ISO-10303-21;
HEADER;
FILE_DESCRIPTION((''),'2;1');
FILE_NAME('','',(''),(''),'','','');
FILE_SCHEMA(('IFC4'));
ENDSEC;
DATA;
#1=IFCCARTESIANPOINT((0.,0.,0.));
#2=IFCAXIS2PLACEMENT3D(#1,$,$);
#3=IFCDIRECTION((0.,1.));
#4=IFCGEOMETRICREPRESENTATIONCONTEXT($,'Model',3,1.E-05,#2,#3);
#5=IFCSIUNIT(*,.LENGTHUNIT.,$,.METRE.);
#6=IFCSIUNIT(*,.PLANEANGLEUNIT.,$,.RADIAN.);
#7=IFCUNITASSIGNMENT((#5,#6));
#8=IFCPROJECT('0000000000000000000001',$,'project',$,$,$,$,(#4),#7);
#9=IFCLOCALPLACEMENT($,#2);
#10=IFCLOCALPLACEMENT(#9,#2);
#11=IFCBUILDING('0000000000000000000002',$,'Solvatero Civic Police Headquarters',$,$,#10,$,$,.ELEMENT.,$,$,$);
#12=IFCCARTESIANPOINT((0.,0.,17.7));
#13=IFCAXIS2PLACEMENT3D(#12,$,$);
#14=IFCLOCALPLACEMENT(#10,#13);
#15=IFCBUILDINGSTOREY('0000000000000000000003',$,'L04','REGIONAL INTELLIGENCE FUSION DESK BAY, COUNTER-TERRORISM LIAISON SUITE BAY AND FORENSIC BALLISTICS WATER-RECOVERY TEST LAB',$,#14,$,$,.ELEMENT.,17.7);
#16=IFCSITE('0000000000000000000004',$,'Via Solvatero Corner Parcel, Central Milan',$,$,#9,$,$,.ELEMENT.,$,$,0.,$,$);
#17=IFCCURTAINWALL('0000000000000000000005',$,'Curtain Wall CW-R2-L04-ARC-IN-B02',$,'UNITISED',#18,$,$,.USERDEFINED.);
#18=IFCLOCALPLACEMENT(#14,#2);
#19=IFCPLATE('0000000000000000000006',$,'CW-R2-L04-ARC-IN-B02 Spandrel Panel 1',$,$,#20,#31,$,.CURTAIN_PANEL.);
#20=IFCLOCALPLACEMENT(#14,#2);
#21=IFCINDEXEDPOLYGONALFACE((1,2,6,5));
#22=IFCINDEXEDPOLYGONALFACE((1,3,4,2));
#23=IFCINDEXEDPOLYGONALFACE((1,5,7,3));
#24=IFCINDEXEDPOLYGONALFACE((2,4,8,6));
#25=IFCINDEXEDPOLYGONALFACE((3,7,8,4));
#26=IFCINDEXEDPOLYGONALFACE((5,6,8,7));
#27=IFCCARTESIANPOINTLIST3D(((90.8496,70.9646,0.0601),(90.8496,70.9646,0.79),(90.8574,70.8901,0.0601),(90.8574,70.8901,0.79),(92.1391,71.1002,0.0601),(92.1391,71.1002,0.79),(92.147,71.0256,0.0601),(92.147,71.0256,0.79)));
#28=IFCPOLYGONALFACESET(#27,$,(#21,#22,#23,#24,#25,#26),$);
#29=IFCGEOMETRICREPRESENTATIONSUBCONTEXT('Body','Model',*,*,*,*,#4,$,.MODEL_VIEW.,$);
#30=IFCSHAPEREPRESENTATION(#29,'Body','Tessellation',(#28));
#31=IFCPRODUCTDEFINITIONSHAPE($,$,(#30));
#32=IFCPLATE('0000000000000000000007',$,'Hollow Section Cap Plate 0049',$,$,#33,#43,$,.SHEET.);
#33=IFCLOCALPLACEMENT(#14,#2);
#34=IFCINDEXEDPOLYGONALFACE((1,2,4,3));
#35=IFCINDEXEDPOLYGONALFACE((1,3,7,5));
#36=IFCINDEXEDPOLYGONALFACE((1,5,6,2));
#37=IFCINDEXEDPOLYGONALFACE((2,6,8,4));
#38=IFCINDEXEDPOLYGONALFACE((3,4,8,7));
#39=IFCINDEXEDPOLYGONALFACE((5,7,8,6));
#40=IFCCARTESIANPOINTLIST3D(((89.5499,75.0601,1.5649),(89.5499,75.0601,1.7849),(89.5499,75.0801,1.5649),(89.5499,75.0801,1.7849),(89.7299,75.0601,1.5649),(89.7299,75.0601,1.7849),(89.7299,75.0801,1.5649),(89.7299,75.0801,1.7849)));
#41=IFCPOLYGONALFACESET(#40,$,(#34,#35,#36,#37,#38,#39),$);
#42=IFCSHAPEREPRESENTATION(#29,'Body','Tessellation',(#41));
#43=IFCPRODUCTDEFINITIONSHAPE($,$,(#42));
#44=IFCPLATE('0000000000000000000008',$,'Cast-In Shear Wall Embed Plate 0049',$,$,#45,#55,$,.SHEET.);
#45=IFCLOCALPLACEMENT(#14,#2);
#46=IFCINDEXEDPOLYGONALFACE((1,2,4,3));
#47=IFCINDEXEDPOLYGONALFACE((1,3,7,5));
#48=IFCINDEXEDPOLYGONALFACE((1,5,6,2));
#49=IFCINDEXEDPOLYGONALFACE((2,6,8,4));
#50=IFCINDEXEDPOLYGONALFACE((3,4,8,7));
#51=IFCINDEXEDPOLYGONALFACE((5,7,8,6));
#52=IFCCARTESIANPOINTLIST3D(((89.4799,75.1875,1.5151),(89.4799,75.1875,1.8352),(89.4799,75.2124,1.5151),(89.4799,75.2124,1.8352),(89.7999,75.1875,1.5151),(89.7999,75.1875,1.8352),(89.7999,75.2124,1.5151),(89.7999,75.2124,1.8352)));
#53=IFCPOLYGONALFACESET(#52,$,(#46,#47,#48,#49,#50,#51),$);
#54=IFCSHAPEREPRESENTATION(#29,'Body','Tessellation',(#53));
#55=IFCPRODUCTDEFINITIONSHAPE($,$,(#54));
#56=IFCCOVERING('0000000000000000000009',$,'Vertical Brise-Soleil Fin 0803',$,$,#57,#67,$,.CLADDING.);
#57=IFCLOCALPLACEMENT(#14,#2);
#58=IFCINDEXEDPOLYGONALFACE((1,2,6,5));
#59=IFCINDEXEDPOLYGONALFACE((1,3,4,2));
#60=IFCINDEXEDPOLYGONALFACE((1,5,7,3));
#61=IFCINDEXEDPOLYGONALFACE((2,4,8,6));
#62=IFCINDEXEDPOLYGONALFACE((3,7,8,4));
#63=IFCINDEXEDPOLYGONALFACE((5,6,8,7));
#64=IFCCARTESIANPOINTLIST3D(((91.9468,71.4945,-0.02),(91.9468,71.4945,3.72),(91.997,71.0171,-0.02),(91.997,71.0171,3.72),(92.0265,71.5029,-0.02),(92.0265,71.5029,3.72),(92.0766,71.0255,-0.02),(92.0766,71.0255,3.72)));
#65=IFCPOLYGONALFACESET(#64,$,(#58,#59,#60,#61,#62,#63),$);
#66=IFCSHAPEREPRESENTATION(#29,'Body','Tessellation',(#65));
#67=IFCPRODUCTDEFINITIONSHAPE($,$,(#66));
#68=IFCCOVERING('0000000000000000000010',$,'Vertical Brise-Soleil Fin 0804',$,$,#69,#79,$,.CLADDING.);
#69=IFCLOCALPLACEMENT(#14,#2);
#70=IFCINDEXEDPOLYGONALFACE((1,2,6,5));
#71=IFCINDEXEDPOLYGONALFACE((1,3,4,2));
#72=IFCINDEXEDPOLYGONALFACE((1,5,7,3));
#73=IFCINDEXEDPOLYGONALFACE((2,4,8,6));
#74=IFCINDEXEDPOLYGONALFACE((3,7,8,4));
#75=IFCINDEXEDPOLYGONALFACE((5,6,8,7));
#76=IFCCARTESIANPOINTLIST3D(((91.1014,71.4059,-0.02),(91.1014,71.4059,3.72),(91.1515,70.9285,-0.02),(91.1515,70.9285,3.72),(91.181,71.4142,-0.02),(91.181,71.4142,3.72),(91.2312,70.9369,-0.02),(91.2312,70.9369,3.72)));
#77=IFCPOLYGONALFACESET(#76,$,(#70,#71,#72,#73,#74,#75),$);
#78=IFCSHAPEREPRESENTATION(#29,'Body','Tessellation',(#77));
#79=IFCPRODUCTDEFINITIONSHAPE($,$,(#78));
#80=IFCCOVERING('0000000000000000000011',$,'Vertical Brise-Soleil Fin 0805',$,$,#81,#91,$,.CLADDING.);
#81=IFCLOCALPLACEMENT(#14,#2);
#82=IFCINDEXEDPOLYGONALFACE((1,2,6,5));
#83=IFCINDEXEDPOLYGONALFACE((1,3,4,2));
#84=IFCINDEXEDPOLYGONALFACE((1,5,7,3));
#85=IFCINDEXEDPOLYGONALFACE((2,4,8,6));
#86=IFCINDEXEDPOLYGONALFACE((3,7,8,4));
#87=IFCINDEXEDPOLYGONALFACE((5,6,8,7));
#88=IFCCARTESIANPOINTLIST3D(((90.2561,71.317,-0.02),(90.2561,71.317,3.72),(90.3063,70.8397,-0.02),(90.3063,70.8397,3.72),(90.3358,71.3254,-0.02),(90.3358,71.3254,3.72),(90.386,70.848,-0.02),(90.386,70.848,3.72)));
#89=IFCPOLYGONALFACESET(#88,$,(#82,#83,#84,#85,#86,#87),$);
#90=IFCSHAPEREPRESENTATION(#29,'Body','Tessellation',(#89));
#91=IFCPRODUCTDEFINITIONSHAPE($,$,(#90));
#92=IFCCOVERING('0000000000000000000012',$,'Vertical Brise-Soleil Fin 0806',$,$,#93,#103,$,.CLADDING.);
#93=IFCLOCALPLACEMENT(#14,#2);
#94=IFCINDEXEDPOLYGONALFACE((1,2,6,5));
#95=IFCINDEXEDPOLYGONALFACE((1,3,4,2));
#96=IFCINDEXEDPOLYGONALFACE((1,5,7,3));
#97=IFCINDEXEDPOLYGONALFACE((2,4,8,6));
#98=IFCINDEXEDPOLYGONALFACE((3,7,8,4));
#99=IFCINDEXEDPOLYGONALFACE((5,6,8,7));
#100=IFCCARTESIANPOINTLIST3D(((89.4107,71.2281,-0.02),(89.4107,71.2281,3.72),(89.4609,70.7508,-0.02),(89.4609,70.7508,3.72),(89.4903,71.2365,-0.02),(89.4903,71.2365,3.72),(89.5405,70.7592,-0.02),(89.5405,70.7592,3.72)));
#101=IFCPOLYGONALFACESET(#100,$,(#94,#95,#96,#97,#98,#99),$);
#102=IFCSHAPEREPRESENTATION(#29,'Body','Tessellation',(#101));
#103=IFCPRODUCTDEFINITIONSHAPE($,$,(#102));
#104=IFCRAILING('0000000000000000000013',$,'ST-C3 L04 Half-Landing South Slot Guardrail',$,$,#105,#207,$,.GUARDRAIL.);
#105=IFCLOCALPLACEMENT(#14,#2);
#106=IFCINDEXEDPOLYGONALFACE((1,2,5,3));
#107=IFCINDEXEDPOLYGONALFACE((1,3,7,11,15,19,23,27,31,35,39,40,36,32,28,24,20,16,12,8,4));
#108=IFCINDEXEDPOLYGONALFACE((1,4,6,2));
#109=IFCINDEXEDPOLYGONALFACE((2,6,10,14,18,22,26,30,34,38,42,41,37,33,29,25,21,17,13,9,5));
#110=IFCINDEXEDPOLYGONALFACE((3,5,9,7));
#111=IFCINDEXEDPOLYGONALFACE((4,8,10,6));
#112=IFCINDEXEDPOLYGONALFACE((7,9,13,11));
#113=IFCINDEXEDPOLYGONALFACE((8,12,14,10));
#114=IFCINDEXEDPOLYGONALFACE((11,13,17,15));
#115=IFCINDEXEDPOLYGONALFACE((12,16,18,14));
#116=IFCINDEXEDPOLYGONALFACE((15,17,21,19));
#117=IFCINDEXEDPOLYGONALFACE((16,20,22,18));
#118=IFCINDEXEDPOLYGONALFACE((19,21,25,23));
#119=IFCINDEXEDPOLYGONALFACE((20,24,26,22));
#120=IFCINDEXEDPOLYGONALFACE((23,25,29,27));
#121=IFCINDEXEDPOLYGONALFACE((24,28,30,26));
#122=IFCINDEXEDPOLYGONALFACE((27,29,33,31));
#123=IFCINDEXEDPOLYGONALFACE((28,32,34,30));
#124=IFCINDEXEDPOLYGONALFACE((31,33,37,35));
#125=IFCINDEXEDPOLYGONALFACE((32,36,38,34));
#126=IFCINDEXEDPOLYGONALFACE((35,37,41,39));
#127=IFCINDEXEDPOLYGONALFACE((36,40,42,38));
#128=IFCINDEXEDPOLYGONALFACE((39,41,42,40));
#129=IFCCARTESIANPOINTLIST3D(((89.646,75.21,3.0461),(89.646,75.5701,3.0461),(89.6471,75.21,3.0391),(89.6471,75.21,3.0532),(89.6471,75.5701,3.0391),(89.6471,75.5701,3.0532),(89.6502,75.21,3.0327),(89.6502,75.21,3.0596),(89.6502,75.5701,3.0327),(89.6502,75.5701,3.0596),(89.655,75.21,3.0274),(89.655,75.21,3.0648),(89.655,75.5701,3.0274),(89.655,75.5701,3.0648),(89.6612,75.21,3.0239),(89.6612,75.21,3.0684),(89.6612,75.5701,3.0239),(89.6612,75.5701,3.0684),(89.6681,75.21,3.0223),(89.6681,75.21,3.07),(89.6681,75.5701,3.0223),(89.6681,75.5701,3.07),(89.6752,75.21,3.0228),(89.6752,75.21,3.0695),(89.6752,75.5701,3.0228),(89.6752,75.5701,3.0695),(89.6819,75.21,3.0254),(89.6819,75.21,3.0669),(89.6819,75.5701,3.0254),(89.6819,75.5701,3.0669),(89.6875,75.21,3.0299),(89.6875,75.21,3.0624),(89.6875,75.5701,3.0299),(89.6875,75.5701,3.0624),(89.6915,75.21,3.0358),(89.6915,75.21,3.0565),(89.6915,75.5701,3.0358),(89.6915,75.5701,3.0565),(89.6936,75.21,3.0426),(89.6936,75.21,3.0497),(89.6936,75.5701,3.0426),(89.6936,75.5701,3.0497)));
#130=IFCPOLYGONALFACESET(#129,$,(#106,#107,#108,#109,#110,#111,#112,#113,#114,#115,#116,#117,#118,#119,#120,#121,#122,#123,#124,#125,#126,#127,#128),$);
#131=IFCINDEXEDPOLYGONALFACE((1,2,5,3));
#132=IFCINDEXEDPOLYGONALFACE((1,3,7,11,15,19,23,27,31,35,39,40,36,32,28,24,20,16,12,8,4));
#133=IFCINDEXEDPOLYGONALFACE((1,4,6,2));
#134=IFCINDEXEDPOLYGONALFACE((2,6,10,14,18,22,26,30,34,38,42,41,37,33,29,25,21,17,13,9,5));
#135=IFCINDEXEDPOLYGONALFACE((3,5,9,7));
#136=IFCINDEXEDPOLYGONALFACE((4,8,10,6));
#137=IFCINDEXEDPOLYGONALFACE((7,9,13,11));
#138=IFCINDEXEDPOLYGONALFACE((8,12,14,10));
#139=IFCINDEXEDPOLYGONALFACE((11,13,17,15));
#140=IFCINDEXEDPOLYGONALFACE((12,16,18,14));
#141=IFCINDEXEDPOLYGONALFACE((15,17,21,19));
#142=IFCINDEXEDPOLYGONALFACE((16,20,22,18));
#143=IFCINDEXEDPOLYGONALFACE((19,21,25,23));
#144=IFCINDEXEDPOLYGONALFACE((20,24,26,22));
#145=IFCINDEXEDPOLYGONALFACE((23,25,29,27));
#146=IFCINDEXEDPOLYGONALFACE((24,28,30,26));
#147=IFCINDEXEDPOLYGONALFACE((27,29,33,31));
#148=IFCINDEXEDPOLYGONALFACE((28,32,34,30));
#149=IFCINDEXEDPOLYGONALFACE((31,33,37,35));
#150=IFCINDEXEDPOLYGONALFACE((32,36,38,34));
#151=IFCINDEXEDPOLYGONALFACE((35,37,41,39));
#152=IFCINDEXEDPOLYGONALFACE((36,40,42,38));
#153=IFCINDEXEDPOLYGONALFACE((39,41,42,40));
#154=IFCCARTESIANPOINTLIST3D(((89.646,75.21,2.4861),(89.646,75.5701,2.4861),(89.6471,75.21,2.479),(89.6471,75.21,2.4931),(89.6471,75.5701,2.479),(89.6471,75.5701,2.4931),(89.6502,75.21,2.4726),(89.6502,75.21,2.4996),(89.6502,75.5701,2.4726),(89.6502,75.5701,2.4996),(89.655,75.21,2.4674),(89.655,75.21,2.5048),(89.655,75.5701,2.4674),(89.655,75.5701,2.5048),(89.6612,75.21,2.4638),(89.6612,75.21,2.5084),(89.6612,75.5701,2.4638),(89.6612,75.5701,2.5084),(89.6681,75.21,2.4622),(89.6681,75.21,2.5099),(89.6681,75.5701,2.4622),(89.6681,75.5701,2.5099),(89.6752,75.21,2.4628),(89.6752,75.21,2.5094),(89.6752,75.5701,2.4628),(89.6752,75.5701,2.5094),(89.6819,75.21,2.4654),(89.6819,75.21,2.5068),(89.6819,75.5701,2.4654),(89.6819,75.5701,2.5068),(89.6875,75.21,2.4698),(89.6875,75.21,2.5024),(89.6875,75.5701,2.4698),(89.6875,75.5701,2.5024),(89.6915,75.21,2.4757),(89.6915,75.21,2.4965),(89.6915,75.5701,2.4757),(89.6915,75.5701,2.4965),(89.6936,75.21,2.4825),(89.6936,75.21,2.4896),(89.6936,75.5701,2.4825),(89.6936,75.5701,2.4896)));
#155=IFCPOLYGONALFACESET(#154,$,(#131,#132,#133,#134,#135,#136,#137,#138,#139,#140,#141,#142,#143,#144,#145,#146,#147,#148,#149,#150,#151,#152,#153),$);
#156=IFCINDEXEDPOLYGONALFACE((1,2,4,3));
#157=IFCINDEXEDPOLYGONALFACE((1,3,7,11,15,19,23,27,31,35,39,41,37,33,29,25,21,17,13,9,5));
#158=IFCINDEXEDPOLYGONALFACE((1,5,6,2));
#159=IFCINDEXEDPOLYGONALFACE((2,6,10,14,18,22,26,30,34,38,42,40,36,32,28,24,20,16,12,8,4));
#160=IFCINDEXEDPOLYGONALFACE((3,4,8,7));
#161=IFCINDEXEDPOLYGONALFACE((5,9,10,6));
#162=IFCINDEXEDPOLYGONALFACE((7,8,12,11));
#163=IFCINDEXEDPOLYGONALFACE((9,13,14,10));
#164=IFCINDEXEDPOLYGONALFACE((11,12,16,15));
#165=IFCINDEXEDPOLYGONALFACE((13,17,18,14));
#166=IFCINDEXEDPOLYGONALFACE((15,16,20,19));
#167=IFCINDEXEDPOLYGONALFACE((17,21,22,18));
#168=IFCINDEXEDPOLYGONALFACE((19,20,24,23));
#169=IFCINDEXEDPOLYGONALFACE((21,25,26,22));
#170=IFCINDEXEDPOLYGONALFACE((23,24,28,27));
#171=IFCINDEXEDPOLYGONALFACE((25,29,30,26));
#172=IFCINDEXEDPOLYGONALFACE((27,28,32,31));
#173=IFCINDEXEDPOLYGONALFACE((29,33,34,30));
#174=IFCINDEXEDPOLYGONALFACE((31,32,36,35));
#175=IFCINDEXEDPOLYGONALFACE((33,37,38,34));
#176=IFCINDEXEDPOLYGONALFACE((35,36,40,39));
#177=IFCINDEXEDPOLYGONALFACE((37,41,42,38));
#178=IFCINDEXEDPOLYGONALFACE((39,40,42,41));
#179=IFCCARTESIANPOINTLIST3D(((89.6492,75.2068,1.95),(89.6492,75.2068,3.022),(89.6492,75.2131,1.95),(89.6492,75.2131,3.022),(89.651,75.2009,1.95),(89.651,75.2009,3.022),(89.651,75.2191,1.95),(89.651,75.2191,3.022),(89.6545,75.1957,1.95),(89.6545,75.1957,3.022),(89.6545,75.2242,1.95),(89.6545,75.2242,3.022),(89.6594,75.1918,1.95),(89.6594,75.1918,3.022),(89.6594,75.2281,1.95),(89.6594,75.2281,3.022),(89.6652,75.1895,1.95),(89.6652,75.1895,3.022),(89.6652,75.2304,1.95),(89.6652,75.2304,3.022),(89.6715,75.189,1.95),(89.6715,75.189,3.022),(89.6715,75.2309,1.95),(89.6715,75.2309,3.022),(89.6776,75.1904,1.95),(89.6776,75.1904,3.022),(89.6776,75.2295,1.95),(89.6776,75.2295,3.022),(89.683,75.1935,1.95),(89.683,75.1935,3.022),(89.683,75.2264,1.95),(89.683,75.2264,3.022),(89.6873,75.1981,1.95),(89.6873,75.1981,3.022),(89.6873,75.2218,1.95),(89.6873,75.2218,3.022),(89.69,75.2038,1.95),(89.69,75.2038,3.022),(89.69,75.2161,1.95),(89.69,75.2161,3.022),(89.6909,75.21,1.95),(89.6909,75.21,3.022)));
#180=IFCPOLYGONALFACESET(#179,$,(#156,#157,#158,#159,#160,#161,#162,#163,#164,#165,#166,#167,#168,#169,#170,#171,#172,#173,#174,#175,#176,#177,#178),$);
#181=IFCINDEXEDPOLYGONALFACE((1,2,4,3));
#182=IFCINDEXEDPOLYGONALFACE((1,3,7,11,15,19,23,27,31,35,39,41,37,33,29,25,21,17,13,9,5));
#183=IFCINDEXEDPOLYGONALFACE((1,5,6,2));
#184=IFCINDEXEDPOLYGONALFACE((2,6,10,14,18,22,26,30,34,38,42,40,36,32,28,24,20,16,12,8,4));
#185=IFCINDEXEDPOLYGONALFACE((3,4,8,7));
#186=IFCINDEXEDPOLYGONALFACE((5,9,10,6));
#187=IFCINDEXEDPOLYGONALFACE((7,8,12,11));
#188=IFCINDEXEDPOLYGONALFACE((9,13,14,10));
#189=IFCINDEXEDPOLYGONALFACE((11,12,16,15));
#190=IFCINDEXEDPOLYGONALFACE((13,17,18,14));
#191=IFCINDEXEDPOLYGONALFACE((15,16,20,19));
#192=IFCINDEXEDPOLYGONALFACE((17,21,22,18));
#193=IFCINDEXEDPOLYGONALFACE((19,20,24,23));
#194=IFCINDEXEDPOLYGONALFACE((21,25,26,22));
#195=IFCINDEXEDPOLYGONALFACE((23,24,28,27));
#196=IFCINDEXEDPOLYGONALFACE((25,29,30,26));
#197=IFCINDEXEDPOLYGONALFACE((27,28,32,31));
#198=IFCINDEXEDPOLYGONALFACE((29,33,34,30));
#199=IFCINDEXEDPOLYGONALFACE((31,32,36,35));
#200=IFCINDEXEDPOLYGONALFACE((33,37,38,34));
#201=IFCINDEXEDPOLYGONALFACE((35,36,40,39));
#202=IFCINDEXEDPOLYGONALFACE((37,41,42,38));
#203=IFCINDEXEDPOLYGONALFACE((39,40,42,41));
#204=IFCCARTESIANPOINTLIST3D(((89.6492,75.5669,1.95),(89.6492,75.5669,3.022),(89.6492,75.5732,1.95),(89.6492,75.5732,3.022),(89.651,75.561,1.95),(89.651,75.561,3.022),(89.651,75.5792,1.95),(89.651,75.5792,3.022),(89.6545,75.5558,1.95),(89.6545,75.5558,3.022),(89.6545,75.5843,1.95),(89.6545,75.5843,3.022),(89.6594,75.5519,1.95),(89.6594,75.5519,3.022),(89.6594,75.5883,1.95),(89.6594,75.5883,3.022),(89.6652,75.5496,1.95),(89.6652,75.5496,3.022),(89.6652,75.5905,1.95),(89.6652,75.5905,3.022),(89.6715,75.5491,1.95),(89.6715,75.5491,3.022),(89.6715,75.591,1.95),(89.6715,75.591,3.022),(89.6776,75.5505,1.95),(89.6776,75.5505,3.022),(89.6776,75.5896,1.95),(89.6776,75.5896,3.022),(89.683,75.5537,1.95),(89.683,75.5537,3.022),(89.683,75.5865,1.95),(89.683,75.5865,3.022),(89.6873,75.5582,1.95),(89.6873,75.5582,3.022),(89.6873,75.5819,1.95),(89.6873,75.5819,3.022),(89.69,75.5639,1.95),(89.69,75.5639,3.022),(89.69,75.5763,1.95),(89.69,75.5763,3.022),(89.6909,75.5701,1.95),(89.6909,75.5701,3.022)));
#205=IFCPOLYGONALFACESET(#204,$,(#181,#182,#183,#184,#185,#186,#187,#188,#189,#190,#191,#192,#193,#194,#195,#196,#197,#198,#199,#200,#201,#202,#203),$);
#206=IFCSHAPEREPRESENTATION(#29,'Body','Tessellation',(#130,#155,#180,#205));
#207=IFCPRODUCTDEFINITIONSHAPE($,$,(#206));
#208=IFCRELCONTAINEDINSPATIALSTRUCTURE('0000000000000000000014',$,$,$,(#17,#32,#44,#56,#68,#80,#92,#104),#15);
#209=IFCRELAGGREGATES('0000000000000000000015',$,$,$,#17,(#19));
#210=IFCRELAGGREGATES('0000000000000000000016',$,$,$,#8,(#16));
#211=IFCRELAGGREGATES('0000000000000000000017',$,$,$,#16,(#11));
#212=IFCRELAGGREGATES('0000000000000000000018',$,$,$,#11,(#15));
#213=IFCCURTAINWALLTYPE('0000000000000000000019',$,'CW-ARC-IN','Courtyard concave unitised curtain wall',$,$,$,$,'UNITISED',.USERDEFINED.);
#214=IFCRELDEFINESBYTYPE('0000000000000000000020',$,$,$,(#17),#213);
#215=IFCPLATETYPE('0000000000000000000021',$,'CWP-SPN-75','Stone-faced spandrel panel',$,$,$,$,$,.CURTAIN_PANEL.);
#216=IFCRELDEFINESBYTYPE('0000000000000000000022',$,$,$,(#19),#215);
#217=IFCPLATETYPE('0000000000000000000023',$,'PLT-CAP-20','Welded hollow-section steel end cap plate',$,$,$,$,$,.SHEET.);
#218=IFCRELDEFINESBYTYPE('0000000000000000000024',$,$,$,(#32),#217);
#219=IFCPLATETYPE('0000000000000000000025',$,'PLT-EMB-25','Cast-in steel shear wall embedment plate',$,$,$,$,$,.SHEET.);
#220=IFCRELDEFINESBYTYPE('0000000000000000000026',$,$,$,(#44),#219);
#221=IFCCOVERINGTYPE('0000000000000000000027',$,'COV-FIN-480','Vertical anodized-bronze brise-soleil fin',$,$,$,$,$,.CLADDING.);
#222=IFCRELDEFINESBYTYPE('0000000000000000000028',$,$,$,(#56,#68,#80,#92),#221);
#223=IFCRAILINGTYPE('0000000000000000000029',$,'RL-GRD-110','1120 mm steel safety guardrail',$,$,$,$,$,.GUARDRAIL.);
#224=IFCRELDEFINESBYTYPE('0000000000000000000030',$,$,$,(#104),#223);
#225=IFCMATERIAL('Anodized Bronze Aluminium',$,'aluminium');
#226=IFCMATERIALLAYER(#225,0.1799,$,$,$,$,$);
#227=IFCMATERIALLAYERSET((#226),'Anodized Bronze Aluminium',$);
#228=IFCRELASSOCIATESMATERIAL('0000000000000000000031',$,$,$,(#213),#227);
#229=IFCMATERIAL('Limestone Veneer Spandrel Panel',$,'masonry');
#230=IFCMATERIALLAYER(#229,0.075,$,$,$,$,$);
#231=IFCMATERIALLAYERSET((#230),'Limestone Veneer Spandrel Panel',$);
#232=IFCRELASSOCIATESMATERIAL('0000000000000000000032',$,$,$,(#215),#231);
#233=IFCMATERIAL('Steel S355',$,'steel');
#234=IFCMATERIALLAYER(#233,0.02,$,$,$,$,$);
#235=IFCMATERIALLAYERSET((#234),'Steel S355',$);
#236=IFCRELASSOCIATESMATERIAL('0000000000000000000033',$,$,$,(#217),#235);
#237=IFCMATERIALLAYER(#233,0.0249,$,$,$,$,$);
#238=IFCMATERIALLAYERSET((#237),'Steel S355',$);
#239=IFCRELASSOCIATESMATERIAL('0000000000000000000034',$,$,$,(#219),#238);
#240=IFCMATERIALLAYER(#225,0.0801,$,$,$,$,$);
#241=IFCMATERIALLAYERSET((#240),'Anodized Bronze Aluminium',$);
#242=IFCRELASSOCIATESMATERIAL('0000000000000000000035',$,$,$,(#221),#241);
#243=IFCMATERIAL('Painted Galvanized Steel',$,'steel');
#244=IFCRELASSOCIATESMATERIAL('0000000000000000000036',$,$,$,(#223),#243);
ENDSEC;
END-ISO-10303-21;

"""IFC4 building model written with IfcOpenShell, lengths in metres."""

from ifc_helpers import new_model, si_unit, direction, frame, origin, origin_2d, place, context, subcontext, project, spatial, rectangle, circle, extrude, material, layer, layer_set, type_object, element, aggregate, save


model = new_model("IFC4")

# Units and contexts
model_context = context("Model", 3, precision=1e-05, world=origin(), true_north=direction((0.0, 1.0)))
body_context = subcontext(model_context, "Body", "Model", "MODEL_VIEW")
ifc_project = project(units=[si_unit("LENGTHUNIT", "METRE"), si_unit("PLANEANGLEUNIT", "RADIAN")], contexts=[model_context])

# Site, building, storey
site_placement = place(None, origin())
site = spatial("IfcSite", under=ifc_project, at=site_placement, Name="Via Solvatero Corner Parcel, Central Milan", CompositionType="ELEMENT", RefElevation=0.0)
building_placement = place(site_placement, origin())
building = spatial("IfcBuilding", under=site, at=building_placement, Name="Solvatero Civic Police Headquarters", CompositionType="ELEMENT")
storey_placement = place(building_placement, frame((0.0, 0.0, 17.7)))
storey = spatial("IfcBuildingStorey", under=building, at=storey_placement, Name="L04", Description="REGIONAL INTELLIGENCE FUSION DESK BAY, COUNTER-TERRORISM LIAISON SUITE BAY AND FORENSIC BALLISTICS WATER-RECOVERY TEST LAB", CompositionType="ELEMENT", Elevation=17.7)

# Curtain wall
ifc_material_1 = material(Name="Anodized Bronze Aluminium", Category="aluminium")
ifc_layer_1 = layer(ifc_material_1, 0.1799)
ifc_layer_set_1 = layer_set([ifc_layer_1], Name="Anodized Bronze Aluminium")
curtain_wall_type = type_object("IfcCurtainWallType", Name="CW-ARC-IN", Description="Courtyard concave unitised curtain wall", ElementType="UNITISED", PredefinedType="USERDEFINED", material=ifc_layer_set_1)
curtain_wall_placement = place(storey_placement, origin())
curtain_wall = element("IfcCurtainWall", 1, at=curtain_wall_placement, inside=storey, type_object=curtain_wall_type, Name="Curtain Wall CW-R2-L04-ARC-IN-B02", ObjectType="UNITISED", PredefinedType="USERDEFINED")

# Shared definitions
ifc_material_2 = material(Name="Steel S355", Category="steel")

# Plate
ifc_material_3 = material(Name="Limestone Veneer Spandrel Panel", Category="masonry")
ifc_layer_2 = layer(ifc_material_3, 0.075)
ifc_layer_set_2 = layer_set([ifc_layer_2], Name="Limestone Veneer Spandrel Panel")
plate_type_1 = type_object("IfcPlateType", Name="CWP-SPN-75", Description="Stone-faced spandrel panel", PredefinedType="CURTAIN_PANEL", material=ifc_layer_set_2)
plate_1_placement = place(storey_placement, frame((91.4983, 70.9951, 0.0601), z_axis=(0.0, 0.0, 1.0), x_axis=(-0.994522, -0.104528, 0.0)))
plate_1 = element("IfcPlate", 2, at=plate_1_placement, type_object=plate_type_1, Name="CW-R2-L04-ARC-IN-B02 Spandrel Panel 1", PredefinedType="CURTAIN_PANEL", context=body_context, shape_type="SweptSolid", body=[
    extrude(rectangle(XDim=1.2966, YDim=0.075, at=origin_2d()), origin(), (0.0, 0.0, 1.0), 0.73),
])
aggregate(curtain_wall, [plate_1])

# Plates
ifc_layer_3 = layer(ifc_material_2, 0.02)
ifc_layer_set_3 = layer_set([ifc_layer_3], Name="Steel S355")
plate_type_2 = type_object("IfcPlateType", Name="PLT-CAP-20", Description="Welded hollow-section steel end cap plate", PredefinedType="SHEET", material=ifc_layer_set_3)
plate_2_placement = place(storey_placement, frame((89.6399, 75.0701, 1.5649), z_axis=(0.0, 0.0, 1.0), x_axis=(1.0, 0.0, 0.0)))
element("IfcPlate", 3, at=plate_2_placement, inside=storey, type_object=plate_type_2, Name="Hollow Section Cap Plate 0049", PredefinedType="SHEET", context=body_context, shape_type="SweptSolid", body=[
    extrude(rectangle(XDim=0.1799, YDim=0.02, at=origin_2d()), origin(), (0.0, 0.0, 1.0), 0.22),
])
ifc_layer_4 = layer(ifc_material_2, 0.0249)
ifc_layer_set_4 = layer_set([ifc_layer_4], Name="Steel S355")
plate_type_3 = type_object("IfcPlateType", Name="PLT-EMB-25", Description="Cast-in steel shear wall embedment plate", PredefinedType="SHEET", material=ifc_layer_set_4)
plate_3_placement = place(storey_placement, frame((89.6399, 75.2, 1.5151), z_axis=(0.0, 0.0, 1.0), x_axis=(1.0, 0.0, 0.0)))
element("IfcPlate", 4, at=plate_3_placement, inside=storey, type_object=plate_type_3, Name="Cast-In Shear Wall Embed Plate 0049", PredefinedType="SHEET", context=body_context, shape_type="SweptSolid", body=[
    extrude(rectangle(XDim=0.3201, YDim=0.0249, at=origin_2d()), origin(), (0.0, 0.0, 1.0), 0.3201),
])

# Coverings
ifc_layer_5 = layer(ifc_material_1, 0.0801)
ifc_layer_set_5 = layer_set([ifc_layer_5], Name="Anodized Bronze Aluminium")
covering_type = type_object("IfcCoveringType", Name="COV-FIN-480", Description="Vertical anodized-bronze brise-soleil fin", PredefinedType="CLADDING", material=ifc_layer_set_5)
for number, where, z_axis, x_axis, name in (
    (5, (92.0117, 71.26, -0.02), (0.0, 0.0, 1.0), (-0.994522, -0.104528, 0.0), "Vertical Brise-Soleil Fin 0803"),
    (6, (91.1663, 71.1714, -0.02), (0.0, 0.0, 1.0), (-0.994522, -0.104528, 0.0), "Vertical Brise-Soleil Fin 0804"),
    (7, (90.321, 71.0825, -0.02), (0.0, 0.0, 1.0), (-0.994522, -0.104528, 0.0), "Vertical Brise-Soleil Fin 0805"),
    (8, (89.4756, 70.9937, -0.02), (0.0, 0.0, 1.0), (-0.994522, -0.104528, 0.0), "Vertical Brise-Soleil Fin 0806"),
):
    element("IfcCovering", number, at=place(storey_placement, frame(where, z_axis=z_axis, x_axis=x_axis)), inside=storey, type_object=covering_type, Name=name, PredefinedType="CLADDING", context=body_context, shape_type="SweptSolid", body=[
        extrude(rectangle(XDim=0.0801, YDim=0.48, at=origin_2d()), origin(), (0.0, 0.0, 1.0), 3.74),
    ])

# Railing
ifc_material_4 = material(Name="Painted Galvanized Steel", Category="steel")
railing_type = type_object("IfcRailingType", Name="RL-GRD-110", Description="1120 mm steel safety guardrail", PredefinedType="GUARDRAIL", material=ifc_material_4)
railing_placement = place(storey_placement, frame((89.6699, 75.21, 1.95)))
element("IfcRailing", 9, at=railing_placement, inside=storey, type_object=railing_type, Name="ST-C3 L04 Half-Landing South Slot Guardrail", PredefinedType="GUARDRAIL", context=body_context, shape_type="SweptSolid", body=[
    extrude(circle(Radius=0.0239, at=origin_2d()), frame((0.0, 0.0, 1.0962), z_axis=(0.0, 1.0, 0.0), x_axis=(-1.0, 0.0, 0.0)), (0.0, 0.0, 1.0), 0.3601),
    extrude(circle(Radius=0.0239, at=origin_2d()), frame((0.0, 0.0, 0.5361), z_axis=(0.0, 1.0, 0.0), x_axis=(-1.0, 0.0, 0.0)), (0.0, 0.0, 1.0), 0.3601),
    extrude(circle(Radius=0.021, at=origin_2d()), origin(), (0.0, 0.0, 1.0), 1.072),
    extrude(circle(Radius=0.021, at=origin_2d()), frame((0.0, 0.3601, 0.0)), (0.0, 0.0, 1.0), 1.072),
])

save(model, "model.ifc")
